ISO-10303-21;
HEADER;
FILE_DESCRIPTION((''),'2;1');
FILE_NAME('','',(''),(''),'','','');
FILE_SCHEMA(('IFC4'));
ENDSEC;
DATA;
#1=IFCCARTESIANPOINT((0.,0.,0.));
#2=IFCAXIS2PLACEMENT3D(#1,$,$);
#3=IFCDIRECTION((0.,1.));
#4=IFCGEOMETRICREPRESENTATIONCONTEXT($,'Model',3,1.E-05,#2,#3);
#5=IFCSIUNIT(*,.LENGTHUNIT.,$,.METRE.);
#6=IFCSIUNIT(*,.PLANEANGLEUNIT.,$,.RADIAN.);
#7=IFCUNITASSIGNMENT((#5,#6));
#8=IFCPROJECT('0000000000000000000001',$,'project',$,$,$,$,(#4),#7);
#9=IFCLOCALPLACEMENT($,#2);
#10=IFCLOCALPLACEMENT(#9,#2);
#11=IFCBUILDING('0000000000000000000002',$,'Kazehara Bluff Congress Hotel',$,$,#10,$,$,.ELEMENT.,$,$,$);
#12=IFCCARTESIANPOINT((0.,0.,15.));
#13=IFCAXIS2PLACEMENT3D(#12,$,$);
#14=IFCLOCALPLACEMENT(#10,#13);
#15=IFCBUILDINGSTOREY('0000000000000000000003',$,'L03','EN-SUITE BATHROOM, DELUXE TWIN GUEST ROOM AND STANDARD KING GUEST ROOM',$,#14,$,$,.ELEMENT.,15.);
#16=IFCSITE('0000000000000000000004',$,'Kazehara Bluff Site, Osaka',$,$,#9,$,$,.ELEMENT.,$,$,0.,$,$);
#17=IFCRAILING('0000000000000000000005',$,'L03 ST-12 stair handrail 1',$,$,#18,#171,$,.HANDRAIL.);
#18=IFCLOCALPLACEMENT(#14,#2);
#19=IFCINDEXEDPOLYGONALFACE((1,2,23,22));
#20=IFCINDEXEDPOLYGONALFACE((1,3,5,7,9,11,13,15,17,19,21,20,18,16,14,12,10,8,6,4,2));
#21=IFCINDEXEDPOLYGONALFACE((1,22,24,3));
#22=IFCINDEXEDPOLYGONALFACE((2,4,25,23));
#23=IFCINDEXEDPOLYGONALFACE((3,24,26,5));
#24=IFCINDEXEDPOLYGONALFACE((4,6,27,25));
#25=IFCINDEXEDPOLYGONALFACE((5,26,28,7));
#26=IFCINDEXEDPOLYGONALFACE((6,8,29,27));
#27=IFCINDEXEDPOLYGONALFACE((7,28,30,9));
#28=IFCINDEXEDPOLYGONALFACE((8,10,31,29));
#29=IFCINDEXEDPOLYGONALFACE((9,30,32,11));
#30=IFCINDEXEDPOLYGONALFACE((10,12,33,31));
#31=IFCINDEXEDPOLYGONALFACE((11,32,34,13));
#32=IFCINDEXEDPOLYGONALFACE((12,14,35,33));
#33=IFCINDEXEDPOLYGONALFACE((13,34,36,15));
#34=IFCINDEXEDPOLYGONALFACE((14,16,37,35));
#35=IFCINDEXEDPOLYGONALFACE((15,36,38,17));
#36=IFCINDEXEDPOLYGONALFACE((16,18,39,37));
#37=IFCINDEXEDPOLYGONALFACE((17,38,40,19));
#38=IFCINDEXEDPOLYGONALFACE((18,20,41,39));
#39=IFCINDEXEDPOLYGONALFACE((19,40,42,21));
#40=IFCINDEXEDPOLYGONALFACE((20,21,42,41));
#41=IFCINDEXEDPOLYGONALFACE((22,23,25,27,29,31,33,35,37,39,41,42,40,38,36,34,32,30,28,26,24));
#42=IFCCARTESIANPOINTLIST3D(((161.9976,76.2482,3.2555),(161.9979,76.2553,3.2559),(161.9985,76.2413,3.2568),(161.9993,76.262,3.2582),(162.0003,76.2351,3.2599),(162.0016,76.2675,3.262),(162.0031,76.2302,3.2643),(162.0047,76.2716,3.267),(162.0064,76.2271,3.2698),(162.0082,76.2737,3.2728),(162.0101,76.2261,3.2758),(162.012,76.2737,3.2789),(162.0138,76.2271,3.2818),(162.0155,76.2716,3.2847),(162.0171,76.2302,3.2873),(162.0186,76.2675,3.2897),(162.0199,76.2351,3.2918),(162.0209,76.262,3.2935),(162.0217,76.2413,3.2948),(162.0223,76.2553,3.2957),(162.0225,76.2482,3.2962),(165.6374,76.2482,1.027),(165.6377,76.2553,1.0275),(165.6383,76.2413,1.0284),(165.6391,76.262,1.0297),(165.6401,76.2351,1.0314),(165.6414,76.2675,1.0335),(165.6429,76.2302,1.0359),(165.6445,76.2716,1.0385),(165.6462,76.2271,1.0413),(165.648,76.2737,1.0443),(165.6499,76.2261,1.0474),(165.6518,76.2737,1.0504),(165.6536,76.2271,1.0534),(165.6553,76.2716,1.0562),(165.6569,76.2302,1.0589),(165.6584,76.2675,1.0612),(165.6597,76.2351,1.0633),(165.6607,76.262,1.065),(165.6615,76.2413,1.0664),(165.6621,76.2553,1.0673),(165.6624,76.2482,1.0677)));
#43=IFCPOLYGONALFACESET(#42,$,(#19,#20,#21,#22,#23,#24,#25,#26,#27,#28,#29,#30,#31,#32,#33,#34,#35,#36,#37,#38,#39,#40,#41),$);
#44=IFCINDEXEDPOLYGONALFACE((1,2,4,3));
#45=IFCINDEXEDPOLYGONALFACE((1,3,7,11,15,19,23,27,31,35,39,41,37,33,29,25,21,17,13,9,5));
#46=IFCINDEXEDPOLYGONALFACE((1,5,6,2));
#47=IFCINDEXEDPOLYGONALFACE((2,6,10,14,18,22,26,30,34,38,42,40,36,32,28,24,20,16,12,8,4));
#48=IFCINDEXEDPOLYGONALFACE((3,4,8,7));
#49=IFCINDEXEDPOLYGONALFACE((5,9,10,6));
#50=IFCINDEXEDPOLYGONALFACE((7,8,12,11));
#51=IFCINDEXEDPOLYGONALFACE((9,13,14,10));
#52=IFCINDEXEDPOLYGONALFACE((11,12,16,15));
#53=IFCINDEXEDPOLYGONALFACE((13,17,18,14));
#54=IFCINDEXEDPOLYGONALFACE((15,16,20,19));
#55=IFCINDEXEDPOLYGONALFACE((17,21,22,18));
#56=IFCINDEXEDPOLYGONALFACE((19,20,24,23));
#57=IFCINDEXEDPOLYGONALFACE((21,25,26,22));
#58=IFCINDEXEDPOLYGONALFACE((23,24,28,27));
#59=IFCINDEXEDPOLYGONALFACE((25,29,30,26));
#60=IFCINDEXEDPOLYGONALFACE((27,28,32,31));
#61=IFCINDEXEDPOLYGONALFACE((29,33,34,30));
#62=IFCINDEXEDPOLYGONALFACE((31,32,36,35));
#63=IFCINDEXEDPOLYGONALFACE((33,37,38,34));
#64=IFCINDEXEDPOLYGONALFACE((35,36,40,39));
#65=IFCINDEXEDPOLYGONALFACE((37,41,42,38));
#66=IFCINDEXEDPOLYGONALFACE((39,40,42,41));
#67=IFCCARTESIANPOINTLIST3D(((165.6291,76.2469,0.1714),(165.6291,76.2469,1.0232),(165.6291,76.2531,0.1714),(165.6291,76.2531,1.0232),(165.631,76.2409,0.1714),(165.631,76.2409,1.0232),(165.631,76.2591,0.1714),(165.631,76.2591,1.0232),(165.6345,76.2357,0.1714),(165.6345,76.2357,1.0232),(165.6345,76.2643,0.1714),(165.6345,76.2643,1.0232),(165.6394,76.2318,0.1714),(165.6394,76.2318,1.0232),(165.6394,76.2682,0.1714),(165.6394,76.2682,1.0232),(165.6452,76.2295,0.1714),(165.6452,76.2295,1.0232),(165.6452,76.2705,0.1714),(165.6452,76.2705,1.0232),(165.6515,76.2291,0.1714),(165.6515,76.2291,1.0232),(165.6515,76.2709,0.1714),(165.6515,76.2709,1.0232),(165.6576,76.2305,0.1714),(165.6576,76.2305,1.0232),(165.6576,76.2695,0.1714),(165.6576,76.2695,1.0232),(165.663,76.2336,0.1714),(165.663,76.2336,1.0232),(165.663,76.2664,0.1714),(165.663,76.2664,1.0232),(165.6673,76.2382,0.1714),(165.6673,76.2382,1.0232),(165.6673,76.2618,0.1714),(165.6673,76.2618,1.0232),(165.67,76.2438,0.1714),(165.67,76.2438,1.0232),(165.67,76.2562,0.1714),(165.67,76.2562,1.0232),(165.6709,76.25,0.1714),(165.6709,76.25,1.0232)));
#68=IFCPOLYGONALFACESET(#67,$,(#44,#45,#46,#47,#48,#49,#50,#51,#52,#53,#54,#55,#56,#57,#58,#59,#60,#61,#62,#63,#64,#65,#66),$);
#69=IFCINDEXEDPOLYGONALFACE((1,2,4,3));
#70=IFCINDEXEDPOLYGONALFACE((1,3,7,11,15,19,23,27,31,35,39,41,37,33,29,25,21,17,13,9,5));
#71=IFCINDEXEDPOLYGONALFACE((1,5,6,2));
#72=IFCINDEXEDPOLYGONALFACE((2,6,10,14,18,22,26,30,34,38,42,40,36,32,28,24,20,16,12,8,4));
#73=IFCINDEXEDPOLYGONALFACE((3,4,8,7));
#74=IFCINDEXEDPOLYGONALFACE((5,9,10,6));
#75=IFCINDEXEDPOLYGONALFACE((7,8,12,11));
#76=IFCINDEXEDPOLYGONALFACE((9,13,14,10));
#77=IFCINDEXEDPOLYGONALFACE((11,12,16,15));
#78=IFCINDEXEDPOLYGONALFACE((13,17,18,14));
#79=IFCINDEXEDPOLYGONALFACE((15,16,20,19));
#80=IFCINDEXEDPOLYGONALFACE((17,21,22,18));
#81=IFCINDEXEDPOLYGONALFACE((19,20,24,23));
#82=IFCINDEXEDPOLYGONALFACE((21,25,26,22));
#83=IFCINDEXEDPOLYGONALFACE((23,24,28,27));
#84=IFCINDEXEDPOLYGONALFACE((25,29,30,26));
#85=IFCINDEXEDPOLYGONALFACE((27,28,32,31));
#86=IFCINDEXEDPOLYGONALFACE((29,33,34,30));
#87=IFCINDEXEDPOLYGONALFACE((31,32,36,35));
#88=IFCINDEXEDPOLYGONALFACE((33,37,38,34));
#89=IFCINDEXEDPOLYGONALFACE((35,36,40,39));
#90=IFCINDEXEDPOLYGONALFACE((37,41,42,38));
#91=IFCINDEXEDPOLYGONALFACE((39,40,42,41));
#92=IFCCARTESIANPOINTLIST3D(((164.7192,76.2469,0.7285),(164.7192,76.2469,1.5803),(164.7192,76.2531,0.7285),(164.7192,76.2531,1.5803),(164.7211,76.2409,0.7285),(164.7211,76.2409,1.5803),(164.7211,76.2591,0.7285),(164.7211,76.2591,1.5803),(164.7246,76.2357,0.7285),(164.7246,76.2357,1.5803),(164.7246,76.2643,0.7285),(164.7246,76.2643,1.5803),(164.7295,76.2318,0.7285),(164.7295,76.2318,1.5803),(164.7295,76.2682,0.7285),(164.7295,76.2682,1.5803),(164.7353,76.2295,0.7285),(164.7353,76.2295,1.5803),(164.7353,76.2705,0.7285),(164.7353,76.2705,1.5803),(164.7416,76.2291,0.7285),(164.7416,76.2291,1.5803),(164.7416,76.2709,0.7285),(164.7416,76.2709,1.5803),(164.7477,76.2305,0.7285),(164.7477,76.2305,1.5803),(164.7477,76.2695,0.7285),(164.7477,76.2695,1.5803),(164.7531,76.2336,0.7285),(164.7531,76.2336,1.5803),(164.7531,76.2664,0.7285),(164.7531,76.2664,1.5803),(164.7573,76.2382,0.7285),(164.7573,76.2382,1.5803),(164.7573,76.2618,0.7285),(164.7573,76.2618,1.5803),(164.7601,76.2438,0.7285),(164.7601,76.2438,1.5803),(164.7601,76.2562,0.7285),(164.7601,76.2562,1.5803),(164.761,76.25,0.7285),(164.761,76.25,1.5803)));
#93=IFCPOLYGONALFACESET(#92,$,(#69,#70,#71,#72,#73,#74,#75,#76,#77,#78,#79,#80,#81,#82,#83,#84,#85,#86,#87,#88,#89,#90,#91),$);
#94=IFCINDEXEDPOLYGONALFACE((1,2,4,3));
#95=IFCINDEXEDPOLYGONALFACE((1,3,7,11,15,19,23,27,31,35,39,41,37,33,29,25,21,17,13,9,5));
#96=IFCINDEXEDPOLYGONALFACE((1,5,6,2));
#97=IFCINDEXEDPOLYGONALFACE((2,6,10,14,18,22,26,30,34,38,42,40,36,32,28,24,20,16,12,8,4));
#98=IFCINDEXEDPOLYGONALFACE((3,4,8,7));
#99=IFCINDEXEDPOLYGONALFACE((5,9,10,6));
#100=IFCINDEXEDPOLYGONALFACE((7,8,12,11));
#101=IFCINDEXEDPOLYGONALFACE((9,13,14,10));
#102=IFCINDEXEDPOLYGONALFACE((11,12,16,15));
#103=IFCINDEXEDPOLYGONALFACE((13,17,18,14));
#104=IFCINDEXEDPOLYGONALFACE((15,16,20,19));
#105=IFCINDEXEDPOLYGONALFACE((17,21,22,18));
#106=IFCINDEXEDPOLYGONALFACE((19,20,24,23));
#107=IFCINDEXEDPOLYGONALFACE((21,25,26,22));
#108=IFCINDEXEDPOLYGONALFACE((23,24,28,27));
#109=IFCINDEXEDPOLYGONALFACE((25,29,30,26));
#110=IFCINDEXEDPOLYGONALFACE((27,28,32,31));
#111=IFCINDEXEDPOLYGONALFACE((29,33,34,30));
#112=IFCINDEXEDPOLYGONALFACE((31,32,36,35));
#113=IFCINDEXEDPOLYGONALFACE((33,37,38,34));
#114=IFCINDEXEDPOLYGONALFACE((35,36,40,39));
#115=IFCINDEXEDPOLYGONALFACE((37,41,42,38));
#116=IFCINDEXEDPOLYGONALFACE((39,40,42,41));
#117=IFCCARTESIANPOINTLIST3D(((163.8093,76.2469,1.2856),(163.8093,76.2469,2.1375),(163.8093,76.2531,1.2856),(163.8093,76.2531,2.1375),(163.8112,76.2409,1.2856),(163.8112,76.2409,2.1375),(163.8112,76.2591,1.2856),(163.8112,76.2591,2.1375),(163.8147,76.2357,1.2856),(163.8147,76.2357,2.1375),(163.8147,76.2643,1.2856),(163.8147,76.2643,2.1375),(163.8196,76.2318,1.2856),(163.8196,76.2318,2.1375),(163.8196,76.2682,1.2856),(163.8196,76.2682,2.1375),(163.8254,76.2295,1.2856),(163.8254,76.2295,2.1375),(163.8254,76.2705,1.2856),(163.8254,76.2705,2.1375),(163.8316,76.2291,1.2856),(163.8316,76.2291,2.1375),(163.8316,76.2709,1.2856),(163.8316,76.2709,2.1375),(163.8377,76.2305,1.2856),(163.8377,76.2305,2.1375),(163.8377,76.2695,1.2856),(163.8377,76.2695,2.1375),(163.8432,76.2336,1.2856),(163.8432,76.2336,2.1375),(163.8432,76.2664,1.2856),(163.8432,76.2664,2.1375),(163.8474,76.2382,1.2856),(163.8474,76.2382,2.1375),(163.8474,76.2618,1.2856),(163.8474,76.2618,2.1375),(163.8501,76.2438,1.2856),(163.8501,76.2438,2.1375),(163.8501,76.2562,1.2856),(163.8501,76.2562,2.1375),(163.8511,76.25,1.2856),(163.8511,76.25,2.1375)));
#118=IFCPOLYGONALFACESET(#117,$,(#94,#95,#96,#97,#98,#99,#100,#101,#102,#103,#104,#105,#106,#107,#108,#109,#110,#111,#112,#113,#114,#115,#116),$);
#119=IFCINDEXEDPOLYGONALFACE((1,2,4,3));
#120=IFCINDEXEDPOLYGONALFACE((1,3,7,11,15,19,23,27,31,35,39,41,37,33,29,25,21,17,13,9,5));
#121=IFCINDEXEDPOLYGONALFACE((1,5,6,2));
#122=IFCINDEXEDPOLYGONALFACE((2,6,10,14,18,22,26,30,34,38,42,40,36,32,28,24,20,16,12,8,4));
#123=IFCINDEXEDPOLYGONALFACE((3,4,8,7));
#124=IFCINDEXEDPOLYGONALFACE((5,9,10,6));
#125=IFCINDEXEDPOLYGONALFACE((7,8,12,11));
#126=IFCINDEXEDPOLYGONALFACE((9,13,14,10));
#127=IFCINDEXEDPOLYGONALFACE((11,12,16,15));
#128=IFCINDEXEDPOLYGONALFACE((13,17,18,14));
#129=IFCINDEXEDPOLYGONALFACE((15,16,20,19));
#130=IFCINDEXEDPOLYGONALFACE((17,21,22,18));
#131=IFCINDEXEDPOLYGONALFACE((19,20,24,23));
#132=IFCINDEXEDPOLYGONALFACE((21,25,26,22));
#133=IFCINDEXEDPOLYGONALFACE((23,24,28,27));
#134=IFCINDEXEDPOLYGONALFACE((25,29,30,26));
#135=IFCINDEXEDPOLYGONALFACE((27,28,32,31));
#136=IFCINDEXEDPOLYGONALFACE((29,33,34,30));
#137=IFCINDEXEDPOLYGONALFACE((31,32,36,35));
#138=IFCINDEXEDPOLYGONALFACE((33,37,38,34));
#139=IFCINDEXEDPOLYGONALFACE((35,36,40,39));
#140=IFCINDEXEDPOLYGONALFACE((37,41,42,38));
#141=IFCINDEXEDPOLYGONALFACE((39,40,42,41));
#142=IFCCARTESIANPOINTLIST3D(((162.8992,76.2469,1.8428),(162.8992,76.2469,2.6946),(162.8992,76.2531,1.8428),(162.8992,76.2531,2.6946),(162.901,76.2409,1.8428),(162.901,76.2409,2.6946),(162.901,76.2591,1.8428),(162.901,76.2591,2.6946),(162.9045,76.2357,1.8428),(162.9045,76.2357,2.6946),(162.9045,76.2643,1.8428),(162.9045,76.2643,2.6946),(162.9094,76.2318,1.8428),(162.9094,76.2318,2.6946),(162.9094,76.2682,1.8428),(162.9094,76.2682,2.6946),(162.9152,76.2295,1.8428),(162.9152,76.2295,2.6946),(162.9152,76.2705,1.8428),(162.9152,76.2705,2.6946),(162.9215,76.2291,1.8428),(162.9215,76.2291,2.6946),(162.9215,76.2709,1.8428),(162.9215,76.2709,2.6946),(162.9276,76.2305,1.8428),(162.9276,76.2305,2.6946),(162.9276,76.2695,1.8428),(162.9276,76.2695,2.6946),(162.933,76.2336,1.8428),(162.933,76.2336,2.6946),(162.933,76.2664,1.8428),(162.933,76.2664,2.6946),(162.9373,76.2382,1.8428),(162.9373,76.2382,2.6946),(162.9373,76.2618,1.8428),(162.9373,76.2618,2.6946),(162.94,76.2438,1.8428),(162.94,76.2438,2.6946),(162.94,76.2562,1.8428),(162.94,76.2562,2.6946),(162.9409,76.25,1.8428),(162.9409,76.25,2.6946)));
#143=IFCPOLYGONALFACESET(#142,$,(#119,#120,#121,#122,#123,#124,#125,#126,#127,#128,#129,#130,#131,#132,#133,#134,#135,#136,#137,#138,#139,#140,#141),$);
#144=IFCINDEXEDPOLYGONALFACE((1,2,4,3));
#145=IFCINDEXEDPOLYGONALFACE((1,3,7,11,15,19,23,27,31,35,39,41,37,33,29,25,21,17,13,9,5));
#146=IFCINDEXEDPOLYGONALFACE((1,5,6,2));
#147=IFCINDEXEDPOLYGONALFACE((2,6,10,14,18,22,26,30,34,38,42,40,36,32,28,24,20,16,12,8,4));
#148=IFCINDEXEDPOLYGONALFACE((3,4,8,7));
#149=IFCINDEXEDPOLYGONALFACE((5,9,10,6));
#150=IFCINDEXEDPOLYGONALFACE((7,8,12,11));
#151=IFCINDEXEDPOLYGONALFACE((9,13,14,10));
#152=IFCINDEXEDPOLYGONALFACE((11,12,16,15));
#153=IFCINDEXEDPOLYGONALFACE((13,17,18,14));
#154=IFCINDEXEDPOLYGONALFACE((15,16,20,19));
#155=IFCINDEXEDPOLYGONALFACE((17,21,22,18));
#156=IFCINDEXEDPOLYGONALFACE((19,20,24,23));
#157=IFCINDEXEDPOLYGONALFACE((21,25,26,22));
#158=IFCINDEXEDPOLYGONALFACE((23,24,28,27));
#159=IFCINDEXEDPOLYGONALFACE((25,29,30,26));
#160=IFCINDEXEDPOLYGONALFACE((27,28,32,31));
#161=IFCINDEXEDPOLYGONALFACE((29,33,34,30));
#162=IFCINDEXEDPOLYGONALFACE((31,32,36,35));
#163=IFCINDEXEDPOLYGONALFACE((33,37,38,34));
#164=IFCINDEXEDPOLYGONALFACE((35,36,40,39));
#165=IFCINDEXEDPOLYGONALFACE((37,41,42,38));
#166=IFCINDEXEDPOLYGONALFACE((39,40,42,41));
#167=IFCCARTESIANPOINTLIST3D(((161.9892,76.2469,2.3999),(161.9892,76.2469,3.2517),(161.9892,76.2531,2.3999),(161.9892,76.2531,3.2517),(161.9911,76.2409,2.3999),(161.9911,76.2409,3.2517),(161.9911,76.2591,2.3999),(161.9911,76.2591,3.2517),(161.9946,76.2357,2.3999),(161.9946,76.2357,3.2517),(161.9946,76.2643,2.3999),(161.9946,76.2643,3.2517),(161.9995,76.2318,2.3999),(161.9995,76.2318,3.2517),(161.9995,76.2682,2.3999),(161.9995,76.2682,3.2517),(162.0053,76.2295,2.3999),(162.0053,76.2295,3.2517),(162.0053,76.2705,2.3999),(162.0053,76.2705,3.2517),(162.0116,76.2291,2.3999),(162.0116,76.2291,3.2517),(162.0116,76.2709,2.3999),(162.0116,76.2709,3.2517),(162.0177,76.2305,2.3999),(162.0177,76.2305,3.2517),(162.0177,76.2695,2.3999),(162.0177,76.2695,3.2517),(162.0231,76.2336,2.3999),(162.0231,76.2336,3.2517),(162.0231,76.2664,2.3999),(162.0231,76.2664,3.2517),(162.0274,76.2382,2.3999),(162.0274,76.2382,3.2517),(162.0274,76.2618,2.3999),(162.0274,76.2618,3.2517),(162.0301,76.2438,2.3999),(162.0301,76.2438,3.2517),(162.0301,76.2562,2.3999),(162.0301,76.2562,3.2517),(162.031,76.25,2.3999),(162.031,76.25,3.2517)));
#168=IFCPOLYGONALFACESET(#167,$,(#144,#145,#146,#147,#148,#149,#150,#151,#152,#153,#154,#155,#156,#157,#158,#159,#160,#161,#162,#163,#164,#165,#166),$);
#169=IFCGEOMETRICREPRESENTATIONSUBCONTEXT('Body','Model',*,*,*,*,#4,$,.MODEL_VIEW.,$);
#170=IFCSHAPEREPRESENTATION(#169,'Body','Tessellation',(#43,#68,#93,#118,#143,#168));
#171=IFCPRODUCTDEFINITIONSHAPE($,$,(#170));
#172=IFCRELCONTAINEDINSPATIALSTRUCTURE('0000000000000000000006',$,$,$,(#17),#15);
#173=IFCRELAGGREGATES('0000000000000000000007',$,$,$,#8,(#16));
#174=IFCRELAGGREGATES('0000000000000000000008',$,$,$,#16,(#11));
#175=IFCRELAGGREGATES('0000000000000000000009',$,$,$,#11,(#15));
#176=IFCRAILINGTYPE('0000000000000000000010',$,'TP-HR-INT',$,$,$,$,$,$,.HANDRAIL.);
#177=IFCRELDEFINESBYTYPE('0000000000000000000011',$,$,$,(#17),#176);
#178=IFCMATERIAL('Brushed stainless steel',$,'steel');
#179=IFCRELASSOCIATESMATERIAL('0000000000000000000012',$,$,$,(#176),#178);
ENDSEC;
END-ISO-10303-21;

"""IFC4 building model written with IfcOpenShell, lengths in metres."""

from ifc_helpers import new_model, si_unit, direction, frame, origin, origin_2d, place, context, subcontext, project, spatial, circle, extrude, material, type_object, element, save


model = new_model("IFC4")

# Units and contexts
model_context = context("Model", 3, precision=1e-05, world=origin(), true_north=direction((0.0, 1.0)))
body_context = subcontext(model_context, "Body", "Model", "MODEL_VIEW")
ifc_project = project(units=[si_unit("LENGTHUNIT", "METRE"), si_unit("PLANEANGLEUNIT", "RADIAN")], contexts=[model_context])

# Site, building, storey
site_placement = place(None, origin())
site = spatial("IfcSite", under=ifc_project, at=site_placement, Name="Kazehara Bluff Site, Osaka", CompositionType="ELEMENT", RefElevation=0.0)
building_placement = place(site_placement, origin())
building = spatial("IfcBuilding", under=site, at=building_placement, Name="Kazehara Bluff Congress Hotel", CompositionType="ELEMENT")
storey_placement = place(building_placement, frame((0.0, 0.0, 15.0)))
storey = spatial("IfcBuildingStorey", under=building, at=storey_placement, Name="L03", Description="EN-SUITE BATHROOM, DELUXE TWIN GUEST ROOM AND STANDARD KING GUEST ROOM", CompositionType="ELEMENT", Elevation=15.0)

# Railing
ifc_material_1 = material(Name="Brushed stainless steel", Category="steel")
railing_type_1 = type_object("IfcRailingType", Name="TP-HR-INT", PredefinedType="HANDRAIL", material=ifc_material_1)
railing_1_placement = place(storey_placement, frame((165.6499, 76.25, 0.1714)))
element("IfcRailing", 1, at=railing_1_placement, inside=storey, type_object=railing_type_1, Name="L03 ST-12 stair handrail 1", PredefinedType="HANDRAIL", context=body_context, shape_type="SweptSolid", body=[
    extrude(circle(Radius=0.0239, at=origin_2d()), frame((0.0, 0.0, 0.876), z_axis=(-0.85285, 0.0, 0.522156), x_axis=(0.0, -1.0, 0.0)), (0.0, 0.0, 1.0), 4.2678),
    extrude(circle(Radius=0.021, at=origin_2d()), origin(), (0.0, 0.0, 1.0), 0.8518),
    extrude(circle(Radius=0.021, at=origin_2d()), frame((-0.9099, 0.0, 0.5571)), (0.0, 0.0, 1.0), 0.8518),
    extrude(circle(Radius=0.021, at=origin_2d()), frame((-1.8198, 0.0, 1.1143)), (0.0, 0.0, 1.0), 0.8518),
    extrude(circle(Radius=0.021, at=origin_2d()), frame((-2.73, 0.0, 1.6714)), (0.0, 0.0, 1.0), 0.8518),
    extrude(circle(Radius=0.021, at=origin_2d()), frame((-3.6399, 0.0, 2.2285)), (0.0, 0.0, 1.0), 0.8518),
])

save(model, "model.ifc")
